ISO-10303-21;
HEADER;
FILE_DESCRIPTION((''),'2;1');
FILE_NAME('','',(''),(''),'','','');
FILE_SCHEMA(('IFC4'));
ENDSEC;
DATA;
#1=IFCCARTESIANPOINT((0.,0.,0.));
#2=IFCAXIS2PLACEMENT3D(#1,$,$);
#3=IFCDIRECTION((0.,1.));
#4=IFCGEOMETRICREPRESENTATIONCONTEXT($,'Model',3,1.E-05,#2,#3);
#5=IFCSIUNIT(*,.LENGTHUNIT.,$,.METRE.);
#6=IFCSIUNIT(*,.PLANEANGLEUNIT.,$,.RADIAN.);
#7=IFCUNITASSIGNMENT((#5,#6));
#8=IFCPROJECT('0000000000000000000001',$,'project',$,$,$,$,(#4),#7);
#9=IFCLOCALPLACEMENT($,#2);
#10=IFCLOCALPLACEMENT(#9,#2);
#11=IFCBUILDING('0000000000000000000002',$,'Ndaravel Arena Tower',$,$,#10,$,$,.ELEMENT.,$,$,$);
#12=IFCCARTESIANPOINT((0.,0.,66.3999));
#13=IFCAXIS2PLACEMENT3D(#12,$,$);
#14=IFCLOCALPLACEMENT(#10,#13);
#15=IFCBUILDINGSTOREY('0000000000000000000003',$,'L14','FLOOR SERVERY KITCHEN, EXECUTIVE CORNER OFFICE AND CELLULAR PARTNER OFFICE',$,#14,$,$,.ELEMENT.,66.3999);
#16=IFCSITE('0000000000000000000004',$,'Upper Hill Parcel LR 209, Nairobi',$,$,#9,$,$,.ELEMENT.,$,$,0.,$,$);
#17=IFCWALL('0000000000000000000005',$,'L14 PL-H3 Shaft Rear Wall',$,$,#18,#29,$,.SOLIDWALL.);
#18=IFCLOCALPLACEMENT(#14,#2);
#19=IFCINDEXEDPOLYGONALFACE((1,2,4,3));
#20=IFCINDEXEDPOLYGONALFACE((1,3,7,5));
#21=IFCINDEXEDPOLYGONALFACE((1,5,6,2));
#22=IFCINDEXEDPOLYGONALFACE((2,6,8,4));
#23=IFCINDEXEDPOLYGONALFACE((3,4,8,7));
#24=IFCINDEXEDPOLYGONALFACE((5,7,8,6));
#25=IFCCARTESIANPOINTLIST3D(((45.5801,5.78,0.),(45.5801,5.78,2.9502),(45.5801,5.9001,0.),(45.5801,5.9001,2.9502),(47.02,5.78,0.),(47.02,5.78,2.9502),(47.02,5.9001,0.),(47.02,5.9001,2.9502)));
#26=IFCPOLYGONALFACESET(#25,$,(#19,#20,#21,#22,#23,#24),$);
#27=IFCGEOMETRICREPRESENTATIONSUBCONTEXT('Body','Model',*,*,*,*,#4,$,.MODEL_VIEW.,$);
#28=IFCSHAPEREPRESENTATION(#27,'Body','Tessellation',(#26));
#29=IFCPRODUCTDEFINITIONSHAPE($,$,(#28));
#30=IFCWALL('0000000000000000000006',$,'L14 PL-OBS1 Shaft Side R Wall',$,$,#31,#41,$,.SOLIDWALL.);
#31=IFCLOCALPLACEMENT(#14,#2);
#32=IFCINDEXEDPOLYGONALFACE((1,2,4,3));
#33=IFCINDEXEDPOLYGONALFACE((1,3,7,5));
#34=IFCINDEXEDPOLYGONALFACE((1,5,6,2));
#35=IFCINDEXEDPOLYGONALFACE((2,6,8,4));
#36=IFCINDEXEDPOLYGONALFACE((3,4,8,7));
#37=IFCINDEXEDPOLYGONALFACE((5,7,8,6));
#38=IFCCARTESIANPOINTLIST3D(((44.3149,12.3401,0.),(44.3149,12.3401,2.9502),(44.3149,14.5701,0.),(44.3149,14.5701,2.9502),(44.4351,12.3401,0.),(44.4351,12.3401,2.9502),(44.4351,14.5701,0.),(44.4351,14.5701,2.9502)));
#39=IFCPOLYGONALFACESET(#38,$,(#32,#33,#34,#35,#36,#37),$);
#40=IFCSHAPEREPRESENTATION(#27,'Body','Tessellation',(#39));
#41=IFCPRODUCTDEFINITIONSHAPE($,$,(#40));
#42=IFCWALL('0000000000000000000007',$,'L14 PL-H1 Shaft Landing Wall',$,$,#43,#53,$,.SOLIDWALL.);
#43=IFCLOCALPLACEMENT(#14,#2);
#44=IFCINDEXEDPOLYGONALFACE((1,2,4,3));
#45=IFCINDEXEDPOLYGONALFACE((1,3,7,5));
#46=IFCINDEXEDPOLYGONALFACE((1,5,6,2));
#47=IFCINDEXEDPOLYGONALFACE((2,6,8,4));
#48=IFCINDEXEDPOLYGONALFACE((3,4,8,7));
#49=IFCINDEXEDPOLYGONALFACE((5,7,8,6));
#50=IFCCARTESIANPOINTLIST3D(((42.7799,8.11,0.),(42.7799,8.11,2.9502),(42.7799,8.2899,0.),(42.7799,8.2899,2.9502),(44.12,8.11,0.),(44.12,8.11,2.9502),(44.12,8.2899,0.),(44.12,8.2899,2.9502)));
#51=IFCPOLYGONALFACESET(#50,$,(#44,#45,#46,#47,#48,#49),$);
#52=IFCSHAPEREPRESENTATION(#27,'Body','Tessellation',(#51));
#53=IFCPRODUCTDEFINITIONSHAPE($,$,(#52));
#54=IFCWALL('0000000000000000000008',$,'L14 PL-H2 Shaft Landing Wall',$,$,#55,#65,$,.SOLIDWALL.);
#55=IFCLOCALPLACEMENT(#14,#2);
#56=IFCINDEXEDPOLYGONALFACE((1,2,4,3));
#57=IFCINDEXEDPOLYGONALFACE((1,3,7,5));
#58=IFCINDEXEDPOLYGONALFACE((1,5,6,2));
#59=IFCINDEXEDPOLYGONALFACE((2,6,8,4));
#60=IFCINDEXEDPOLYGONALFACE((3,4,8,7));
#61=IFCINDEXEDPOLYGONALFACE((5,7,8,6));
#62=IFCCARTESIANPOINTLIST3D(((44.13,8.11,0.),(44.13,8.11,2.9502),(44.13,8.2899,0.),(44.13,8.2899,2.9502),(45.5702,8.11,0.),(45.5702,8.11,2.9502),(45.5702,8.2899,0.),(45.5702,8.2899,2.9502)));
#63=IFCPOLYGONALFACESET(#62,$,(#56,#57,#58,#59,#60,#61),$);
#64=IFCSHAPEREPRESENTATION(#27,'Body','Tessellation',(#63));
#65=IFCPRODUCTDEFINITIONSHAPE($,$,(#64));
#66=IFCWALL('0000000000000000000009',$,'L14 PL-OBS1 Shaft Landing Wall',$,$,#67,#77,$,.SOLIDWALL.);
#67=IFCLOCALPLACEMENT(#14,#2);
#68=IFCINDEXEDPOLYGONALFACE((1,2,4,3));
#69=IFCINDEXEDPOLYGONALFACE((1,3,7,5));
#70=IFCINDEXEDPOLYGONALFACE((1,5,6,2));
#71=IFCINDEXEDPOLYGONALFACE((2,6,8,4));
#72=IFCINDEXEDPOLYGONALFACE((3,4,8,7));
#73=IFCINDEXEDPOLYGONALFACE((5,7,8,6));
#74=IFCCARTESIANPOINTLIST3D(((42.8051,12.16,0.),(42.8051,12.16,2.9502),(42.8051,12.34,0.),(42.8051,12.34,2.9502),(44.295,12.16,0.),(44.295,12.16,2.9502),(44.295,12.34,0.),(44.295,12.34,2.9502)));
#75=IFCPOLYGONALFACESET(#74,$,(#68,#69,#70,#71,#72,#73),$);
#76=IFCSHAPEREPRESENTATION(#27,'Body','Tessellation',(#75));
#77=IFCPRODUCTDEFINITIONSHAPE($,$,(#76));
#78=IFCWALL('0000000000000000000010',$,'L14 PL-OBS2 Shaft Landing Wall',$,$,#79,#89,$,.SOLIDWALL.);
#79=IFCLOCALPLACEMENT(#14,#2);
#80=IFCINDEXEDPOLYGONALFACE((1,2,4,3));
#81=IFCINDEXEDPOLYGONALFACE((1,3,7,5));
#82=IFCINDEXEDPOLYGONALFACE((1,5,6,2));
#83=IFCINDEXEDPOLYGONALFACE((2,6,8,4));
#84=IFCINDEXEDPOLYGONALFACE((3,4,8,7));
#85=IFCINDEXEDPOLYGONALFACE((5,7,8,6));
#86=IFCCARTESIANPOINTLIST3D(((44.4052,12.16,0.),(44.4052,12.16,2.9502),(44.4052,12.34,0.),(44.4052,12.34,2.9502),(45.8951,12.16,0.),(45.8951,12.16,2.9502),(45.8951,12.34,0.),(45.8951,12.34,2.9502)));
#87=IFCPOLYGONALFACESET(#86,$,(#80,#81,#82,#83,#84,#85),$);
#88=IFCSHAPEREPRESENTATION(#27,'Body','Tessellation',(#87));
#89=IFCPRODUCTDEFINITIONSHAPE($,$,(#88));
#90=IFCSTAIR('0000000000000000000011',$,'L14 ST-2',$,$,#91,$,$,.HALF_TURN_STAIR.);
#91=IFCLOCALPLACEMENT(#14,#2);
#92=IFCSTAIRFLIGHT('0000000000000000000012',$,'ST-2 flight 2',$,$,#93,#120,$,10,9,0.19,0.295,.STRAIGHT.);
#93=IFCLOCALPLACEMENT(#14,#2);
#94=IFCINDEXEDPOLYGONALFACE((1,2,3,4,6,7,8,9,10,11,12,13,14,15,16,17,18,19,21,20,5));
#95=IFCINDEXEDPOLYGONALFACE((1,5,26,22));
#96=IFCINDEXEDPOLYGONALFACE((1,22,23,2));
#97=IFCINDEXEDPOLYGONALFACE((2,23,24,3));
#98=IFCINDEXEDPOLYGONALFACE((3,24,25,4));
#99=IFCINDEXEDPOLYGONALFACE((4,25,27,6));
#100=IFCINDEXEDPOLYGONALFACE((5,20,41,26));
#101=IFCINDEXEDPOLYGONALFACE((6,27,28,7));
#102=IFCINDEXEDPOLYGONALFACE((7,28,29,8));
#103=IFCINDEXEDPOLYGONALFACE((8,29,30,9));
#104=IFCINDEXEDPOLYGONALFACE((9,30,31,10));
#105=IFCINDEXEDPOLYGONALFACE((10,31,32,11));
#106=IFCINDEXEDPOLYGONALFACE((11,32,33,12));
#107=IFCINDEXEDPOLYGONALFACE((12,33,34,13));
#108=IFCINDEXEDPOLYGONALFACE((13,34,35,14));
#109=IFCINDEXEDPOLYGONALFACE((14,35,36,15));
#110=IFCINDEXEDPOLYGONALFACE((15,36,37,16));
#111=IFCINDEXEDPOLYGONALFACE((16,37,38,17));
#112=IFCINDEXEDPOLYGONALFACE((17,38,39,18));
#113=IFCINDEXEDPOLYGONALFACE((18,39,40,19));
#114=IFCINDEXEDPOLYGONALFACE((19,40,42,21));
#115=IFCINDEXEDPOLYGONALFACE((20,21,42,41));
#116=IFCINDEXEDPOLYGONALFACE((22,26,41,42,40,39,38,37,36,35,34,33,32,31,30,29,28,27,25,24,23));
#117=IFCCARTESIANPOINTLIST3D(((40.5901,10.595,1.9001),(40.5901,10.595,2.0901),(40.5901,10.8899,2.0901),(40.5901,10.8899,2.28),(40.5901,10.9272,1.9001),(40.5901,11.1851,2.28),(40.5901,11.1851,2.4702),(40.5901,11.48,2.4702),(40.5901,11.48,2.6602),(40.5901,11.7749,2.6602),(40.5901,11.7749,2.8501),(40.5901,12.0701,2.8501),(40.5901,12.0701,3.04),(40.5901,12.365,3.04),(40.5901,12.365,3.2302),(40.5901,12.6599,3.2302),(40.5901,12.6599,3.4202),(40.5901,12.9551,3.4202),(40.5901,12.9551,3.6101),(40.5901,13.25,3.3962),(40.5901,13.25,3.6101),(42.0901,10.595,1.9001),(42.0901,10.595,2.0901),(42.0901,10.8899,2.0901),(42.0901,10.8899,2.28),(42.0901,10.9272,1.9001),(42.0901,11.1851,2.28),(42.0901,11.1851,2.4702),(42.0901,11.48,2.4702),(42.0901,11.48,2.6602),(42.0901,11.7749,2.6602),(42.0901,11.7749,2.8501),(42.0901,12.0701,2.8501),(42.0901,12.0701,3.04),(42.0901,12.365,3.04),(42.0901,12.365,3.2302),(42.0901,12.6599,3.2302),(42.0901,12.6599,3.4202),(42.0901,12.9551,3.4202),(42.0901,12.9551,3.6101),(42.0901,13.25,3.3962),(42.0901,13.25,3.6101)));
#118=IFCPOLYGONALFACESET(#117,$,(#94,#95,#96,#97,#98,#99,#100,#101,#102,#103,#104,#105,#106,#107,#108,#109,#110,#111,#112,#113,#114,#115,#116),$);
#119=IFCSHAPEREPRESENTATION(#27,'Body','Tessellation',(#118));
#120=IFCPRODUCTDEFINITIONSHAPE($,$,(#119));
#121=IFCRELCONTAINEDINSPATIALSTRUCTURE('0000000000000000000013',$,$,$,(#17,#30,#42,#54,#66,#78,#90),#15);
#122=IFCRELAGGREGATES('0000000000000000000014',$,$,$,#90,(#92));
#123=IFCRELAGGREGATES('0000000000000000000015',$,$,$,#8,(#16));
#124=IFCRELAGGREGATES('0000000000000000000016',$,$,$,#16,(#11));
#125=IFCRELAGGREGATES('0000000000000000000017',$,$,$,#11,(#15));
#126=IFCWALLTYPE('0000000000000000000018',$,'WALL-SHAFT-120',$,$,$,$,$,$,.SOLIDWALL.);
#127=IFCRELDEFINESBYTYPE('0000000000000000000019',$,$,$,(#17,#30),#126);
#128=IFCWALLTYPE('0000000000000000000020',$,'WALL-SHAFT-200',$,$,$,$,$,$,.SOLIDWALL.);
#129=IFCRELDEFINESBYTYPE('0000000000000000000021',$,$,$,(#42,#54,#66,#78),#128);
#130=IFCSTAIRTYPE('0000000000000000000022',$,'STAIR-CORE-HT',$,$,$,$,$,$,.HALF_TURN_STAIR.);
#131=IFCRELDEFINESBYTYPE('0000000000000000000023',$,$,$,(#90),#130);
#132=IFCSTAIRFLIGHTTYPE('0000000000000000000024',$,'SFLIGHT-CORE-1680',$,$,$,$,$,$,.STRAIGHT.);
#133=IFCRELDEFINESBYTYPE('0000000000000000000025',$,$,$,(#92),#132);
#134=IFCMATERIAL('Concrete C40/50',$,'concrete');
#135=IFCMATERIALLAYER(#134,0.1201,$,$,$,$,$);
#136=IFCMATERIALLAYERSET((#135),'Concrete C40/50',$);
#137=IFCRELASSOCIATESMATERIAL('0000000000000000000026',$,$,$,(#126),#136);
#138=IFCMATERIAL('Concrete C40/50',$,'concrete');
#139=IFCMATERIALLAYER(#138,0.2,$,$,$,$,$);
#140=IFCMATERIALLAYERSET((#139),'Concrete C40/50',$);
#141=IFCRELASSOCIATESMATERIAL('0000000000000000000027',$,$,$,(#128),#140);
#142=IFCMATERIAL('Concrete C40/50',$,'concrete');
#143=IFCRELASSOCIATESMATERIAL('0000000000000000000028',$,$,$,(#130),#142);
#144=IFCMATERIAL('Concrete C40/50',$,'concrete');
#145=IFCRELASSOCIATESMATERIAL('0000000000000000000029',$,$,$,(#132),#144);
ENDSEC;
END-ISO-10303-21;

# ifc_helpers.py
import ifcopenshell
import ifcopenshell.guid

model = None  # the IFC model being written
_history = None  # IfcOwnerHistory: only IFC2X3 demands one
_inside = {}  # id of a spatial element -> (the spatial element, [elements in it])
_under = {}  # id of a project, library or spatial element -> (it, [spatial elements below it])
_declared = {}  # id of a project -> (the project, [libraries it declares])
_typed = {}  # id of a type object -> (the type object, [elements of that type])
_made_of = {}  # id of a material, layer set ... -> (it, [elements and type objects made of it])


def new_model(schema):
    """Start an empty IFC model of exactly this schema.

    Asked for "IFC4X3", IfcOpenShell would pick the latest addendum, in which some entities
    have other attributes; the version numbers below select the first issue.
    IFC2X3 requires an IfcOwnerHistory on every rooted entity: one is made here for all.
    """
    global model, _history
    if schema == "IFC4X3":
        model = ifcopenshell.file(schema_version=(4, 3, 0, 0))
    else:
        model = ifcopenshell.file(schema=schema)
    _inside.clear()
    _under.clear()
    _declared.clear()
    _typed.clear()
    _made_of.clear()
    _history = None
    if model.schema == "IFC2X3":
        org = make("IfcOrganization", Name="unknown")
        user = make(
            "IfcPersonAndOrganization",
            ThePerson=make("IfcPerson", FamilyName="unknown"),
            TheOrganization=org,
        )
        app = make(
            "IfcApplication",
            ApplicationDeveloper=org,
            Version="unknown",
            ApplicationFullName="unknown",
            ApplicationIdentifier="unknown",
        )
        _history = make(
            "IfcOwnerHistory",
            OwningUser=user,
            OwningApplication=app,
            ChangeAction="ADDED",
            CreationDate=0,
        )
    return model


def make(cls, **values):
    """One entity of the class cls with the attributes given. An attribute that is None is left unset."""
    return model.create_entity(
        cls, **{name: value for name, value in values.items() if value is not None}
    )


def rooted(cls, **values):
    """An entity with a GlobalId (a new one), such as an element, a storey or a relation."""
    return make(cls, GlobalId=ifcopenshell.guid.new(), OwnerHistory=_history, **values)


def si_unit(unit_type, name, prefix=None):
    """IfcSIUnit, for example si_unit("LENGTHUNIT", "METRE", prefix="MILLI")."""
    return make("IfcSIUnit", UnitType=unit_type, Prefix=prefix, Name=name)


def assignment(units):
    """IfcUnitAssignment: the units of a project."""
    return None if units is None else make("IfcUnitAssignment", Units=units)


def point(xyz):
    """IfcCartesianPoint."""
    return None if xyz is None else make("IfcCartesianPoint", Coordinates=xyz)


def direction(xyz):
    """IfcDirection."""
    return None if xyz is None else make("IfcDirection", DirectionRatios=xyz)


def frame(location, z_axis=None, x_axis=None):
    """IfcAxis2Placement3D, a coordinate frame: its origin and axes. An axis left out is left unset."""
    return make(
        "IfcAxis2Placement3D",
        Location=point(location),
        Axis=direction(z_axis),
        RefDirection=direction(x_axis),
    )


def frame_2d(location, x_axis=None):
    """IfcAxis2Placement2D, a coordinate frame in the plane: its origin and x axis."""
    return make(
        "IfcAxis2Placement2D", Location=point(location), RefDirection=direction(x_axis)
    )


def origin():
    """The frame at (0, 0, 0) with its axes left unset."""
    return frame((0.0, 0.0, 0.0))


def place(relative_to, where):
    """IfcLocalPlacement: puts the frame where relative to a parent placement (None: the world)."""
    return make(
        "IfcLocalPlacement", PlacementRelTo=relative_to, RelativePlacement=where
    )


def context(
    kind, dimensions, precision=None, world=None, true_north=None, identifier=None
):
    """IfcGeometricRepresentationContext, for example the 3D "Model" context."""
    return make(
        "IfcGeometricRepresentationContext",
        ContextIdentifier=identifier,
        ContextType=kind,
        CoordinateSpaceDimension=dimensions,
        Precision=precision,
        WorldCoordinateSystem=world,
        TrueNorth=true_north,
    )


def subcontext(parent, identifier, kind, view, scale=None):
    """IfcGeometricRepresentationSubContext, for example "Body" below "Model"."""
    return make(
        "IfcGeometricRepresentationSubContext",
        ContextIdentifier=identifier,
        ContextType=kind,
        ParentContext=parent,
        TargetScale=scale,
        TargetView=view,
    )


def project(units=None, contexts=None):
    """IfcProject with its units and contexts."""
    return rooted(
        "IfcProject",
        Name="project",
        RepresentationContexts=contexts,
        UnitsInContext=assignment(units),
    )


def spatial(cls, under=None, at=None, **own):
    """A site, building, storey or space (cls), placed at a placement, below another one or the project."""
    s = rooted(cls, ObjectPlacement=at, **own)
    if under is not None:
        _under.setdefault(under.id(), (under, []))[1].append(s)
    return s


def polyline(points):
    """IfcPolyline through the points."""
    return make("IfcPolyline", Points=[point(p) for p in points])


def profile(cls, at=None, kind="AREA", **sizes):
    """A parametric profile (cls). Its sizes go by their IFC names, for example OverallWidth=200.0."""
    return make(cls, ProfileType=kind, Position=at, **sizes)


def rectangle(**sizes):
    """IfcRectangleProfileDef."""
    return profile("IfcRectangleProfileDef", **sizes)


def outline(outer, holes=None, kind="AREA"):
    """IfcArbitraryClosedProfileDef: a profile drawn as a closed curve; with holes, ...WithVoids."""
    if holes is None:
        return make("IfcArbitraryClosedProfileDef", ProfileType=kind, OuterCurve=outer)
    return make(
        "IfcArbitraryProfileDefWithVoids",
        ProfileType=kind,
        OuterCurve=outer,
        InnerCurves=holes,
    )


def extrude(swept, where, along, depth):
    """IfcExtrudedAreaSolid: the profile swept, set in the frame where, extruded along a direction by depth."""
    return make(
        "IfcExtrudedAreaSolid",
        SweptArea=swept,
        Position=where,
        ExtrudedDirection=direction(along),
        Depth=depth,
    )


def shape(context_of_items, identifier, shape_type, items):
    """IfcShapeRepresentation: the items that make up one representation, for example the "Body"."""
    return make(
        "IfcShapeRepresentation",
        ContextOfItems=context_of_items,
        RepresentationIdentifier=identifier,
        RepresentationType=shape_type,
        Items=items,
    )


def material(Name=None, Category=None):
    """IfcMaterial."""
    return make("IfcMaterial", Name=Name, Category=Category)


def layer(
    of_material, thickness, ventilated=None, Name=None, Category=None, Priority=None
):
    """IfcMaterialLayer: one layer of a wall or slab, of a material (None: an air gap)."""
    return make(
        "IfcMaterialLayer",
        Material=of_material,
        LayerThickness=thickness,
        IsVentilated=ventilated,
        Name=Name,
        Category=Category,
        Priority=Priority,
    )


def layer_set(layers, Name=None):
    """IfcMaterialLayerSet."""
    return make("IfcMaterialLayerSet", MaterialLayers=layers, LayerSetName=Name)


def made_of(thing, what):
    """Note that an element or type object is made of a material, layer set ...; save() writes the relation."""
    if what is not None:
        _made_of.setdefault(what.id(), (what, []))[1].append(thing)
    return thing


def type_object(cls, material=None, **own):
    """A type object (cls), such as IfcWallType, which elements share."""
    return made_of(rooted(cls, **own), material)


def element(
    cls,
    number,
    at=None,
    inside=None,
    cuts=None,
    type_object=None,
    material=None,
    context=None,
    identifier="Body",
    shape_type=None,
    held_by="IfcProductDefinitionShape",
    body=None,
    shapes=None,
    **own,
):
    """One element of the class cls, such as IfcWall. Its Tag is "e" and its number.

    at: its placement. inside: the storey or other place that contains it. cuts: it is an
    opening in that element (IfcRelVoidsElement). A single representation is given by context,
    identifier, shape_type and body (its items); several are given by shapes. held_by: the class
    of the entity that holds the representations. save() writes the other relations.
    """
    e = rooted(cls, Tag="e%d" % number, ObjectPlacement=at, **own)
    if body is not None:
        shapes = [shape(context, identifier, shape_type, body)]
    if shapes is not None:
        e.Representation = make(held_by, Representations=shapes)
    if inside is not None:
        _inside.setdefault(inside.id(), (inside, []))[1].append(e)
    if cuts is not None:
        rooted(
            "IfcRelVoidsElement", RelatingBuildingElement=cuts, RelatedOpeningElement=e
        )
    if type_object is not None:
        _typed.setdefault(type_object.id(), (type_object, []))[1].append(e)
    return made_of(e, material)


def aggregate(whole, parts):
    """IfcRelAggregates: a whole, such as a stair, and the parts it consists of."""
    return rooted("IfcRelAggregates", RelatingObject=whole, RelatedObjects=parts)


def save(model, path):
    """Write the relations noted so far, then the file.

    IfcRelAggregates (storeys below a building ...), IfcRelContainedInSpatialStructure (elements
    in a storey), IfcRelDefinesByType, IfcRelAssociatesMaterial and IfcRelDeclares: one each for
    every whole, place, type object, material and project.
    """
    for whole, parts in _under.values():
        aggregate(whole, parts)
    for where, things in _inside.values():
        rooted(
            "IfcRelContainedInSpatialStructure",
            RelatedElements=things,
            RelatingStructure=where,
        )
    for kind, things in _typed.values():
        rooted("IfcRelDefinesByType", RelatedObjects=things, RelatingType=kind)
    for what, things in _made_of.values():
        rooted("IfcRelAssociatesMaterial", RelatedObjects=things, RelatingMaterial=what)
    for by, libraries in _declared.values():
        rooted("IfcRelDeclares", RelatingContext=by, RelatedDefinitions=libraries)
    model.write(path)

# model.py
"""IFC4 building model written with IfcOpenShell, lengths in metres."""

from ifc_helpers import new_model, si_unit, direction, frame, frame_2d, origin, place, context, subcontext, project, spatial, polyline, rectangle, outline, extrude, material, layer, layer_set, type_object, element, aggregate, save


model = new_model("IFC4")

# Units and contexts
model_context = context("Model", 3, precision=1e-05, world=origin(), true_north=direction((0.0, 1.0)))
body_context = subcontext(model_context, "Body", "Model", "MODEL_VIEW")
ifc_project = project(units=[si_unit("LENGTHUNIT", "METRE"), si_unit("PLANEANGLEUNIT", "RADIAN")], contexts=[model_context])

# Site, building, storey
site_placement = place(None, origin())
site = spatial("IfcSite", under=ifc_project, at=site_placement, Name="Upper Hill Parcel LR 209, Nairobi", CompositionType="ELEMENT", RefElevation=0.0)
building_placement = place(site_placement, origin())
building = spatial("IfcBuilding", under=site, at=building_placement, Name="Ndaravel Arena Tower", CompositionType="ELEMENT")
storey_placement = place(building_placement, frame((0.0, 0.0, 66.3999)))
storey = spatial("IfcBuildingStorey", under=building, at=storey_placement, Name="L14", Description="FLOOR SERVERY KITCHEN, EXECUTIVE CORNER OFFICE AND CELLULAR PARTNER OFFICE", CompositionType="ELEMENT", Elevation=66.3999)

# Walls
ifc_material_1 = material(Name="Concrete C40/50", Category="concrete")
ifc_layer_1 = layer(ifc_material_1, 0.1201)
ifc_layer_set_1 = layer_set([ifc_layer_1], Name="Concrete C40/50")
wall_type_1 = type_object("IfcWallType", Name="WALL-SHAFT-120", PredefinedType="SOLIDWALL", material=ifc_layer_set_1)
wall_1_placement = place(storey_placement, frame((45.5801, 5.8401, 0.0), z_axis=(0.0, 0.0, 1.0), x_axis=(1.0, 0.0, 0.0)))
element("IfcWall", 1, at=wall_1_placement, inside=storey, type_object=wall_type_1, Name="L14 PL-H3 Shaft Rear Wall", PredefinedType="SOLIDWALL", context=body_context, shape_type="SweptSolid", body=[
    extrude(rectangle(XDim=1.4399, YDim=0.1201, at=frame_2d((0.72, 0.0))), origin(), (0.0, 0.0, 1.0), 2.9502),
])
wall_2_placement = place(storey_placement, frame((44.375, 12.3401, 0.0), z_axis=(0.0, 0.0, 1.0), x_axis=(0.0, 1.0, 0.0)))
element("IfcWall", 2, at=wall_2_placement, inside=storey, type_object=wall_type_1, Name="L14 PL-OBS1 Shaft Side R Wall", PredefinedType="SOLIDWALL", context=body_context, shape_type="SweptSolid", body=[
    extrude(rectangle(XDim=2.23, YDim=0.1201, at=frame_2d((1.115, 0.0))), origin(), (0.0, 0.0, 1.0), 2.9502),
])
ifc_material_2 = material(Name="Concrete C40/50", Category="concrete")
ifc_layer_2 = layer(ifc_material_2, 0.2)
ifc_layer_set_2 = layer_set([ifc_layer_2], Name="Concrete C40/50")
wall_type_2 = type_object("IfcWallType", Name="WALL-SHAFT-200", PredefinedType="SOLIDWALL", material=ifc_layer_set_2)
wall_3_placement = place(storey_placement, frame((42.78, 8.2, 0.0), z_axis=(0.0, 0.0, 1.0), x_axis=(1.0, 0.0, 0.0)))
element("IfcWall", 3, at=wall_3_placement, inside=storey, type_object=wall_type_2, Name="L14 PL-H1 Shaft Landing Wall", PredefinedType="SOLIDWALL", context=body_context, shape_type="SweptSolid", body=[
    extrude(rectangle(XDim=1.3401, YDim=0.1799, at=frame_2d((0.6699, 0.0))), origin(), (0.0, 0.0, 1.0), 2.9502),
])
wall_4_placement = place(storey_placement, frame((44.1299, 8.2, 0.0), z_axis=(0.0, 0.0, 1.0), x_axis=(1.0, 0.0, 0.0)))
element("IfcWall", 4, at=wall_4_placement, inside=storey, type_object=wall_type_2, Name="L14 PL-H2 Shaft Landing Wall", PredefinedType="SOLIDWALL", context=body_context, shape_type="SweptSolid", body=[
    extrude(rectangle(XDim=1.4402, YDim=0.1799, at=frame_2d((0.7202, 0.0))), origin(), (0.0, 0.0, 1.0), 2.9502),
])
for number, where, z_axis, x_axis, name in (
    (5, (42.8049, 12.25, 0.0), (0.0, 0.0, 1.0), (1.0, 0.0, 0.0), "L14 PL-OBS1 Shaft Landing Wall"),
    (6, (44.405, 12.25, 0.0), (0.0, 0.0, 1.0), (1.0, 0.0, 0.0), "L14 PL-OBS2 Shaft Landing Wall"),
):
    element("IfcWall", number, at=place(storey_placement, frame(where, z_axis=z_axis, x_axis=x_axis)), inside=storey, type_object=wall_type_2, Name=name, PredefinedType="SOLIDWALL", context=body_context, shape_type="SweptSolid", body=[
        extrude(rectangle(XDim=1.49, YDim=0.1799, at=frame_2d((0.7451, 0.0))), origin(), (0.0, 0.0, 1.0), 2.9502),
    ])

# Stair, stair flight
ifc_material_3 = material(Name="Concrete C40/50", Category="concrete")
stair_type = type_object("IfcStairType", Name="STAIR-CORE-HT", PredefinedType="HALF_TURN_STAIR", material=ifc_material_3)
stair_placement = place(storey_placement, origin())
stair = element("IfcStair", 7, at=stair_placement, inside=storey, type_object=stair_type, Name="L14 ST-2", PredefinedType="HALF_TURN_STAIR")
ifc_material_4 = material(Name="Concrete C40/50", Category="concrete")
stair_flight_type = type_object("IfcStairFlightType", Name="SFLIGHT-CORE-1680", PredefinedType="STRAIGHT", material=ifc_material_4)
stair_flight_placement = place(storey_placement, frame((41.3401, 10.595, 1.9001), z_axis=(0.0, 0.0, 1.0), x_axis=(0.0, 1.0, 0.0)))
stair_flight = element("IfcStairFlight", 8, at=stair_flight_placement, type_object=stair_flight_type, Name="ST-2 flight 2", NumberOfRisers=10, NumberOfTreads=9, PredefinedType="STRAIGHT", RiserHeight=0.19, TreadLength=0.295, context=body_context, shape_type="SweptSolid", body=[
    extrude(outline(polyline([(0.0, 0.0), (0.0, 0.1899), (0.2949, 0.1899), (0.2949, 0.3799), (0.5901, 0.3799), (0.5901, 0.5701), (0.885, 0.5701), (0.885, 0.76), (1.1799, 0.76), (1.1799, 0.95), (1.4751, 0.95), (1.4751, 1.1399), (1.77, 1.1399), (1.77, 1.3301), (2.0649, 1.3301), (2.0649, 1.52), (2.3601, 1.52), (2.3601, 1.71), (2.655, 1.71), (2.655, 1.8999), (2.655, 1.4961), (0.3323, 0.0), (0.0, 0.0)])), frame((0.0, 0.75, 0.0), z_axis=(0.0, -1.0, 0.0), x_axis=(1.0, 0.0, 0.0)), (0.0, 0.0, 1.0), 1.5),
])
aggregate(stair, [stair_flight])

save(model, "model.ifc")
